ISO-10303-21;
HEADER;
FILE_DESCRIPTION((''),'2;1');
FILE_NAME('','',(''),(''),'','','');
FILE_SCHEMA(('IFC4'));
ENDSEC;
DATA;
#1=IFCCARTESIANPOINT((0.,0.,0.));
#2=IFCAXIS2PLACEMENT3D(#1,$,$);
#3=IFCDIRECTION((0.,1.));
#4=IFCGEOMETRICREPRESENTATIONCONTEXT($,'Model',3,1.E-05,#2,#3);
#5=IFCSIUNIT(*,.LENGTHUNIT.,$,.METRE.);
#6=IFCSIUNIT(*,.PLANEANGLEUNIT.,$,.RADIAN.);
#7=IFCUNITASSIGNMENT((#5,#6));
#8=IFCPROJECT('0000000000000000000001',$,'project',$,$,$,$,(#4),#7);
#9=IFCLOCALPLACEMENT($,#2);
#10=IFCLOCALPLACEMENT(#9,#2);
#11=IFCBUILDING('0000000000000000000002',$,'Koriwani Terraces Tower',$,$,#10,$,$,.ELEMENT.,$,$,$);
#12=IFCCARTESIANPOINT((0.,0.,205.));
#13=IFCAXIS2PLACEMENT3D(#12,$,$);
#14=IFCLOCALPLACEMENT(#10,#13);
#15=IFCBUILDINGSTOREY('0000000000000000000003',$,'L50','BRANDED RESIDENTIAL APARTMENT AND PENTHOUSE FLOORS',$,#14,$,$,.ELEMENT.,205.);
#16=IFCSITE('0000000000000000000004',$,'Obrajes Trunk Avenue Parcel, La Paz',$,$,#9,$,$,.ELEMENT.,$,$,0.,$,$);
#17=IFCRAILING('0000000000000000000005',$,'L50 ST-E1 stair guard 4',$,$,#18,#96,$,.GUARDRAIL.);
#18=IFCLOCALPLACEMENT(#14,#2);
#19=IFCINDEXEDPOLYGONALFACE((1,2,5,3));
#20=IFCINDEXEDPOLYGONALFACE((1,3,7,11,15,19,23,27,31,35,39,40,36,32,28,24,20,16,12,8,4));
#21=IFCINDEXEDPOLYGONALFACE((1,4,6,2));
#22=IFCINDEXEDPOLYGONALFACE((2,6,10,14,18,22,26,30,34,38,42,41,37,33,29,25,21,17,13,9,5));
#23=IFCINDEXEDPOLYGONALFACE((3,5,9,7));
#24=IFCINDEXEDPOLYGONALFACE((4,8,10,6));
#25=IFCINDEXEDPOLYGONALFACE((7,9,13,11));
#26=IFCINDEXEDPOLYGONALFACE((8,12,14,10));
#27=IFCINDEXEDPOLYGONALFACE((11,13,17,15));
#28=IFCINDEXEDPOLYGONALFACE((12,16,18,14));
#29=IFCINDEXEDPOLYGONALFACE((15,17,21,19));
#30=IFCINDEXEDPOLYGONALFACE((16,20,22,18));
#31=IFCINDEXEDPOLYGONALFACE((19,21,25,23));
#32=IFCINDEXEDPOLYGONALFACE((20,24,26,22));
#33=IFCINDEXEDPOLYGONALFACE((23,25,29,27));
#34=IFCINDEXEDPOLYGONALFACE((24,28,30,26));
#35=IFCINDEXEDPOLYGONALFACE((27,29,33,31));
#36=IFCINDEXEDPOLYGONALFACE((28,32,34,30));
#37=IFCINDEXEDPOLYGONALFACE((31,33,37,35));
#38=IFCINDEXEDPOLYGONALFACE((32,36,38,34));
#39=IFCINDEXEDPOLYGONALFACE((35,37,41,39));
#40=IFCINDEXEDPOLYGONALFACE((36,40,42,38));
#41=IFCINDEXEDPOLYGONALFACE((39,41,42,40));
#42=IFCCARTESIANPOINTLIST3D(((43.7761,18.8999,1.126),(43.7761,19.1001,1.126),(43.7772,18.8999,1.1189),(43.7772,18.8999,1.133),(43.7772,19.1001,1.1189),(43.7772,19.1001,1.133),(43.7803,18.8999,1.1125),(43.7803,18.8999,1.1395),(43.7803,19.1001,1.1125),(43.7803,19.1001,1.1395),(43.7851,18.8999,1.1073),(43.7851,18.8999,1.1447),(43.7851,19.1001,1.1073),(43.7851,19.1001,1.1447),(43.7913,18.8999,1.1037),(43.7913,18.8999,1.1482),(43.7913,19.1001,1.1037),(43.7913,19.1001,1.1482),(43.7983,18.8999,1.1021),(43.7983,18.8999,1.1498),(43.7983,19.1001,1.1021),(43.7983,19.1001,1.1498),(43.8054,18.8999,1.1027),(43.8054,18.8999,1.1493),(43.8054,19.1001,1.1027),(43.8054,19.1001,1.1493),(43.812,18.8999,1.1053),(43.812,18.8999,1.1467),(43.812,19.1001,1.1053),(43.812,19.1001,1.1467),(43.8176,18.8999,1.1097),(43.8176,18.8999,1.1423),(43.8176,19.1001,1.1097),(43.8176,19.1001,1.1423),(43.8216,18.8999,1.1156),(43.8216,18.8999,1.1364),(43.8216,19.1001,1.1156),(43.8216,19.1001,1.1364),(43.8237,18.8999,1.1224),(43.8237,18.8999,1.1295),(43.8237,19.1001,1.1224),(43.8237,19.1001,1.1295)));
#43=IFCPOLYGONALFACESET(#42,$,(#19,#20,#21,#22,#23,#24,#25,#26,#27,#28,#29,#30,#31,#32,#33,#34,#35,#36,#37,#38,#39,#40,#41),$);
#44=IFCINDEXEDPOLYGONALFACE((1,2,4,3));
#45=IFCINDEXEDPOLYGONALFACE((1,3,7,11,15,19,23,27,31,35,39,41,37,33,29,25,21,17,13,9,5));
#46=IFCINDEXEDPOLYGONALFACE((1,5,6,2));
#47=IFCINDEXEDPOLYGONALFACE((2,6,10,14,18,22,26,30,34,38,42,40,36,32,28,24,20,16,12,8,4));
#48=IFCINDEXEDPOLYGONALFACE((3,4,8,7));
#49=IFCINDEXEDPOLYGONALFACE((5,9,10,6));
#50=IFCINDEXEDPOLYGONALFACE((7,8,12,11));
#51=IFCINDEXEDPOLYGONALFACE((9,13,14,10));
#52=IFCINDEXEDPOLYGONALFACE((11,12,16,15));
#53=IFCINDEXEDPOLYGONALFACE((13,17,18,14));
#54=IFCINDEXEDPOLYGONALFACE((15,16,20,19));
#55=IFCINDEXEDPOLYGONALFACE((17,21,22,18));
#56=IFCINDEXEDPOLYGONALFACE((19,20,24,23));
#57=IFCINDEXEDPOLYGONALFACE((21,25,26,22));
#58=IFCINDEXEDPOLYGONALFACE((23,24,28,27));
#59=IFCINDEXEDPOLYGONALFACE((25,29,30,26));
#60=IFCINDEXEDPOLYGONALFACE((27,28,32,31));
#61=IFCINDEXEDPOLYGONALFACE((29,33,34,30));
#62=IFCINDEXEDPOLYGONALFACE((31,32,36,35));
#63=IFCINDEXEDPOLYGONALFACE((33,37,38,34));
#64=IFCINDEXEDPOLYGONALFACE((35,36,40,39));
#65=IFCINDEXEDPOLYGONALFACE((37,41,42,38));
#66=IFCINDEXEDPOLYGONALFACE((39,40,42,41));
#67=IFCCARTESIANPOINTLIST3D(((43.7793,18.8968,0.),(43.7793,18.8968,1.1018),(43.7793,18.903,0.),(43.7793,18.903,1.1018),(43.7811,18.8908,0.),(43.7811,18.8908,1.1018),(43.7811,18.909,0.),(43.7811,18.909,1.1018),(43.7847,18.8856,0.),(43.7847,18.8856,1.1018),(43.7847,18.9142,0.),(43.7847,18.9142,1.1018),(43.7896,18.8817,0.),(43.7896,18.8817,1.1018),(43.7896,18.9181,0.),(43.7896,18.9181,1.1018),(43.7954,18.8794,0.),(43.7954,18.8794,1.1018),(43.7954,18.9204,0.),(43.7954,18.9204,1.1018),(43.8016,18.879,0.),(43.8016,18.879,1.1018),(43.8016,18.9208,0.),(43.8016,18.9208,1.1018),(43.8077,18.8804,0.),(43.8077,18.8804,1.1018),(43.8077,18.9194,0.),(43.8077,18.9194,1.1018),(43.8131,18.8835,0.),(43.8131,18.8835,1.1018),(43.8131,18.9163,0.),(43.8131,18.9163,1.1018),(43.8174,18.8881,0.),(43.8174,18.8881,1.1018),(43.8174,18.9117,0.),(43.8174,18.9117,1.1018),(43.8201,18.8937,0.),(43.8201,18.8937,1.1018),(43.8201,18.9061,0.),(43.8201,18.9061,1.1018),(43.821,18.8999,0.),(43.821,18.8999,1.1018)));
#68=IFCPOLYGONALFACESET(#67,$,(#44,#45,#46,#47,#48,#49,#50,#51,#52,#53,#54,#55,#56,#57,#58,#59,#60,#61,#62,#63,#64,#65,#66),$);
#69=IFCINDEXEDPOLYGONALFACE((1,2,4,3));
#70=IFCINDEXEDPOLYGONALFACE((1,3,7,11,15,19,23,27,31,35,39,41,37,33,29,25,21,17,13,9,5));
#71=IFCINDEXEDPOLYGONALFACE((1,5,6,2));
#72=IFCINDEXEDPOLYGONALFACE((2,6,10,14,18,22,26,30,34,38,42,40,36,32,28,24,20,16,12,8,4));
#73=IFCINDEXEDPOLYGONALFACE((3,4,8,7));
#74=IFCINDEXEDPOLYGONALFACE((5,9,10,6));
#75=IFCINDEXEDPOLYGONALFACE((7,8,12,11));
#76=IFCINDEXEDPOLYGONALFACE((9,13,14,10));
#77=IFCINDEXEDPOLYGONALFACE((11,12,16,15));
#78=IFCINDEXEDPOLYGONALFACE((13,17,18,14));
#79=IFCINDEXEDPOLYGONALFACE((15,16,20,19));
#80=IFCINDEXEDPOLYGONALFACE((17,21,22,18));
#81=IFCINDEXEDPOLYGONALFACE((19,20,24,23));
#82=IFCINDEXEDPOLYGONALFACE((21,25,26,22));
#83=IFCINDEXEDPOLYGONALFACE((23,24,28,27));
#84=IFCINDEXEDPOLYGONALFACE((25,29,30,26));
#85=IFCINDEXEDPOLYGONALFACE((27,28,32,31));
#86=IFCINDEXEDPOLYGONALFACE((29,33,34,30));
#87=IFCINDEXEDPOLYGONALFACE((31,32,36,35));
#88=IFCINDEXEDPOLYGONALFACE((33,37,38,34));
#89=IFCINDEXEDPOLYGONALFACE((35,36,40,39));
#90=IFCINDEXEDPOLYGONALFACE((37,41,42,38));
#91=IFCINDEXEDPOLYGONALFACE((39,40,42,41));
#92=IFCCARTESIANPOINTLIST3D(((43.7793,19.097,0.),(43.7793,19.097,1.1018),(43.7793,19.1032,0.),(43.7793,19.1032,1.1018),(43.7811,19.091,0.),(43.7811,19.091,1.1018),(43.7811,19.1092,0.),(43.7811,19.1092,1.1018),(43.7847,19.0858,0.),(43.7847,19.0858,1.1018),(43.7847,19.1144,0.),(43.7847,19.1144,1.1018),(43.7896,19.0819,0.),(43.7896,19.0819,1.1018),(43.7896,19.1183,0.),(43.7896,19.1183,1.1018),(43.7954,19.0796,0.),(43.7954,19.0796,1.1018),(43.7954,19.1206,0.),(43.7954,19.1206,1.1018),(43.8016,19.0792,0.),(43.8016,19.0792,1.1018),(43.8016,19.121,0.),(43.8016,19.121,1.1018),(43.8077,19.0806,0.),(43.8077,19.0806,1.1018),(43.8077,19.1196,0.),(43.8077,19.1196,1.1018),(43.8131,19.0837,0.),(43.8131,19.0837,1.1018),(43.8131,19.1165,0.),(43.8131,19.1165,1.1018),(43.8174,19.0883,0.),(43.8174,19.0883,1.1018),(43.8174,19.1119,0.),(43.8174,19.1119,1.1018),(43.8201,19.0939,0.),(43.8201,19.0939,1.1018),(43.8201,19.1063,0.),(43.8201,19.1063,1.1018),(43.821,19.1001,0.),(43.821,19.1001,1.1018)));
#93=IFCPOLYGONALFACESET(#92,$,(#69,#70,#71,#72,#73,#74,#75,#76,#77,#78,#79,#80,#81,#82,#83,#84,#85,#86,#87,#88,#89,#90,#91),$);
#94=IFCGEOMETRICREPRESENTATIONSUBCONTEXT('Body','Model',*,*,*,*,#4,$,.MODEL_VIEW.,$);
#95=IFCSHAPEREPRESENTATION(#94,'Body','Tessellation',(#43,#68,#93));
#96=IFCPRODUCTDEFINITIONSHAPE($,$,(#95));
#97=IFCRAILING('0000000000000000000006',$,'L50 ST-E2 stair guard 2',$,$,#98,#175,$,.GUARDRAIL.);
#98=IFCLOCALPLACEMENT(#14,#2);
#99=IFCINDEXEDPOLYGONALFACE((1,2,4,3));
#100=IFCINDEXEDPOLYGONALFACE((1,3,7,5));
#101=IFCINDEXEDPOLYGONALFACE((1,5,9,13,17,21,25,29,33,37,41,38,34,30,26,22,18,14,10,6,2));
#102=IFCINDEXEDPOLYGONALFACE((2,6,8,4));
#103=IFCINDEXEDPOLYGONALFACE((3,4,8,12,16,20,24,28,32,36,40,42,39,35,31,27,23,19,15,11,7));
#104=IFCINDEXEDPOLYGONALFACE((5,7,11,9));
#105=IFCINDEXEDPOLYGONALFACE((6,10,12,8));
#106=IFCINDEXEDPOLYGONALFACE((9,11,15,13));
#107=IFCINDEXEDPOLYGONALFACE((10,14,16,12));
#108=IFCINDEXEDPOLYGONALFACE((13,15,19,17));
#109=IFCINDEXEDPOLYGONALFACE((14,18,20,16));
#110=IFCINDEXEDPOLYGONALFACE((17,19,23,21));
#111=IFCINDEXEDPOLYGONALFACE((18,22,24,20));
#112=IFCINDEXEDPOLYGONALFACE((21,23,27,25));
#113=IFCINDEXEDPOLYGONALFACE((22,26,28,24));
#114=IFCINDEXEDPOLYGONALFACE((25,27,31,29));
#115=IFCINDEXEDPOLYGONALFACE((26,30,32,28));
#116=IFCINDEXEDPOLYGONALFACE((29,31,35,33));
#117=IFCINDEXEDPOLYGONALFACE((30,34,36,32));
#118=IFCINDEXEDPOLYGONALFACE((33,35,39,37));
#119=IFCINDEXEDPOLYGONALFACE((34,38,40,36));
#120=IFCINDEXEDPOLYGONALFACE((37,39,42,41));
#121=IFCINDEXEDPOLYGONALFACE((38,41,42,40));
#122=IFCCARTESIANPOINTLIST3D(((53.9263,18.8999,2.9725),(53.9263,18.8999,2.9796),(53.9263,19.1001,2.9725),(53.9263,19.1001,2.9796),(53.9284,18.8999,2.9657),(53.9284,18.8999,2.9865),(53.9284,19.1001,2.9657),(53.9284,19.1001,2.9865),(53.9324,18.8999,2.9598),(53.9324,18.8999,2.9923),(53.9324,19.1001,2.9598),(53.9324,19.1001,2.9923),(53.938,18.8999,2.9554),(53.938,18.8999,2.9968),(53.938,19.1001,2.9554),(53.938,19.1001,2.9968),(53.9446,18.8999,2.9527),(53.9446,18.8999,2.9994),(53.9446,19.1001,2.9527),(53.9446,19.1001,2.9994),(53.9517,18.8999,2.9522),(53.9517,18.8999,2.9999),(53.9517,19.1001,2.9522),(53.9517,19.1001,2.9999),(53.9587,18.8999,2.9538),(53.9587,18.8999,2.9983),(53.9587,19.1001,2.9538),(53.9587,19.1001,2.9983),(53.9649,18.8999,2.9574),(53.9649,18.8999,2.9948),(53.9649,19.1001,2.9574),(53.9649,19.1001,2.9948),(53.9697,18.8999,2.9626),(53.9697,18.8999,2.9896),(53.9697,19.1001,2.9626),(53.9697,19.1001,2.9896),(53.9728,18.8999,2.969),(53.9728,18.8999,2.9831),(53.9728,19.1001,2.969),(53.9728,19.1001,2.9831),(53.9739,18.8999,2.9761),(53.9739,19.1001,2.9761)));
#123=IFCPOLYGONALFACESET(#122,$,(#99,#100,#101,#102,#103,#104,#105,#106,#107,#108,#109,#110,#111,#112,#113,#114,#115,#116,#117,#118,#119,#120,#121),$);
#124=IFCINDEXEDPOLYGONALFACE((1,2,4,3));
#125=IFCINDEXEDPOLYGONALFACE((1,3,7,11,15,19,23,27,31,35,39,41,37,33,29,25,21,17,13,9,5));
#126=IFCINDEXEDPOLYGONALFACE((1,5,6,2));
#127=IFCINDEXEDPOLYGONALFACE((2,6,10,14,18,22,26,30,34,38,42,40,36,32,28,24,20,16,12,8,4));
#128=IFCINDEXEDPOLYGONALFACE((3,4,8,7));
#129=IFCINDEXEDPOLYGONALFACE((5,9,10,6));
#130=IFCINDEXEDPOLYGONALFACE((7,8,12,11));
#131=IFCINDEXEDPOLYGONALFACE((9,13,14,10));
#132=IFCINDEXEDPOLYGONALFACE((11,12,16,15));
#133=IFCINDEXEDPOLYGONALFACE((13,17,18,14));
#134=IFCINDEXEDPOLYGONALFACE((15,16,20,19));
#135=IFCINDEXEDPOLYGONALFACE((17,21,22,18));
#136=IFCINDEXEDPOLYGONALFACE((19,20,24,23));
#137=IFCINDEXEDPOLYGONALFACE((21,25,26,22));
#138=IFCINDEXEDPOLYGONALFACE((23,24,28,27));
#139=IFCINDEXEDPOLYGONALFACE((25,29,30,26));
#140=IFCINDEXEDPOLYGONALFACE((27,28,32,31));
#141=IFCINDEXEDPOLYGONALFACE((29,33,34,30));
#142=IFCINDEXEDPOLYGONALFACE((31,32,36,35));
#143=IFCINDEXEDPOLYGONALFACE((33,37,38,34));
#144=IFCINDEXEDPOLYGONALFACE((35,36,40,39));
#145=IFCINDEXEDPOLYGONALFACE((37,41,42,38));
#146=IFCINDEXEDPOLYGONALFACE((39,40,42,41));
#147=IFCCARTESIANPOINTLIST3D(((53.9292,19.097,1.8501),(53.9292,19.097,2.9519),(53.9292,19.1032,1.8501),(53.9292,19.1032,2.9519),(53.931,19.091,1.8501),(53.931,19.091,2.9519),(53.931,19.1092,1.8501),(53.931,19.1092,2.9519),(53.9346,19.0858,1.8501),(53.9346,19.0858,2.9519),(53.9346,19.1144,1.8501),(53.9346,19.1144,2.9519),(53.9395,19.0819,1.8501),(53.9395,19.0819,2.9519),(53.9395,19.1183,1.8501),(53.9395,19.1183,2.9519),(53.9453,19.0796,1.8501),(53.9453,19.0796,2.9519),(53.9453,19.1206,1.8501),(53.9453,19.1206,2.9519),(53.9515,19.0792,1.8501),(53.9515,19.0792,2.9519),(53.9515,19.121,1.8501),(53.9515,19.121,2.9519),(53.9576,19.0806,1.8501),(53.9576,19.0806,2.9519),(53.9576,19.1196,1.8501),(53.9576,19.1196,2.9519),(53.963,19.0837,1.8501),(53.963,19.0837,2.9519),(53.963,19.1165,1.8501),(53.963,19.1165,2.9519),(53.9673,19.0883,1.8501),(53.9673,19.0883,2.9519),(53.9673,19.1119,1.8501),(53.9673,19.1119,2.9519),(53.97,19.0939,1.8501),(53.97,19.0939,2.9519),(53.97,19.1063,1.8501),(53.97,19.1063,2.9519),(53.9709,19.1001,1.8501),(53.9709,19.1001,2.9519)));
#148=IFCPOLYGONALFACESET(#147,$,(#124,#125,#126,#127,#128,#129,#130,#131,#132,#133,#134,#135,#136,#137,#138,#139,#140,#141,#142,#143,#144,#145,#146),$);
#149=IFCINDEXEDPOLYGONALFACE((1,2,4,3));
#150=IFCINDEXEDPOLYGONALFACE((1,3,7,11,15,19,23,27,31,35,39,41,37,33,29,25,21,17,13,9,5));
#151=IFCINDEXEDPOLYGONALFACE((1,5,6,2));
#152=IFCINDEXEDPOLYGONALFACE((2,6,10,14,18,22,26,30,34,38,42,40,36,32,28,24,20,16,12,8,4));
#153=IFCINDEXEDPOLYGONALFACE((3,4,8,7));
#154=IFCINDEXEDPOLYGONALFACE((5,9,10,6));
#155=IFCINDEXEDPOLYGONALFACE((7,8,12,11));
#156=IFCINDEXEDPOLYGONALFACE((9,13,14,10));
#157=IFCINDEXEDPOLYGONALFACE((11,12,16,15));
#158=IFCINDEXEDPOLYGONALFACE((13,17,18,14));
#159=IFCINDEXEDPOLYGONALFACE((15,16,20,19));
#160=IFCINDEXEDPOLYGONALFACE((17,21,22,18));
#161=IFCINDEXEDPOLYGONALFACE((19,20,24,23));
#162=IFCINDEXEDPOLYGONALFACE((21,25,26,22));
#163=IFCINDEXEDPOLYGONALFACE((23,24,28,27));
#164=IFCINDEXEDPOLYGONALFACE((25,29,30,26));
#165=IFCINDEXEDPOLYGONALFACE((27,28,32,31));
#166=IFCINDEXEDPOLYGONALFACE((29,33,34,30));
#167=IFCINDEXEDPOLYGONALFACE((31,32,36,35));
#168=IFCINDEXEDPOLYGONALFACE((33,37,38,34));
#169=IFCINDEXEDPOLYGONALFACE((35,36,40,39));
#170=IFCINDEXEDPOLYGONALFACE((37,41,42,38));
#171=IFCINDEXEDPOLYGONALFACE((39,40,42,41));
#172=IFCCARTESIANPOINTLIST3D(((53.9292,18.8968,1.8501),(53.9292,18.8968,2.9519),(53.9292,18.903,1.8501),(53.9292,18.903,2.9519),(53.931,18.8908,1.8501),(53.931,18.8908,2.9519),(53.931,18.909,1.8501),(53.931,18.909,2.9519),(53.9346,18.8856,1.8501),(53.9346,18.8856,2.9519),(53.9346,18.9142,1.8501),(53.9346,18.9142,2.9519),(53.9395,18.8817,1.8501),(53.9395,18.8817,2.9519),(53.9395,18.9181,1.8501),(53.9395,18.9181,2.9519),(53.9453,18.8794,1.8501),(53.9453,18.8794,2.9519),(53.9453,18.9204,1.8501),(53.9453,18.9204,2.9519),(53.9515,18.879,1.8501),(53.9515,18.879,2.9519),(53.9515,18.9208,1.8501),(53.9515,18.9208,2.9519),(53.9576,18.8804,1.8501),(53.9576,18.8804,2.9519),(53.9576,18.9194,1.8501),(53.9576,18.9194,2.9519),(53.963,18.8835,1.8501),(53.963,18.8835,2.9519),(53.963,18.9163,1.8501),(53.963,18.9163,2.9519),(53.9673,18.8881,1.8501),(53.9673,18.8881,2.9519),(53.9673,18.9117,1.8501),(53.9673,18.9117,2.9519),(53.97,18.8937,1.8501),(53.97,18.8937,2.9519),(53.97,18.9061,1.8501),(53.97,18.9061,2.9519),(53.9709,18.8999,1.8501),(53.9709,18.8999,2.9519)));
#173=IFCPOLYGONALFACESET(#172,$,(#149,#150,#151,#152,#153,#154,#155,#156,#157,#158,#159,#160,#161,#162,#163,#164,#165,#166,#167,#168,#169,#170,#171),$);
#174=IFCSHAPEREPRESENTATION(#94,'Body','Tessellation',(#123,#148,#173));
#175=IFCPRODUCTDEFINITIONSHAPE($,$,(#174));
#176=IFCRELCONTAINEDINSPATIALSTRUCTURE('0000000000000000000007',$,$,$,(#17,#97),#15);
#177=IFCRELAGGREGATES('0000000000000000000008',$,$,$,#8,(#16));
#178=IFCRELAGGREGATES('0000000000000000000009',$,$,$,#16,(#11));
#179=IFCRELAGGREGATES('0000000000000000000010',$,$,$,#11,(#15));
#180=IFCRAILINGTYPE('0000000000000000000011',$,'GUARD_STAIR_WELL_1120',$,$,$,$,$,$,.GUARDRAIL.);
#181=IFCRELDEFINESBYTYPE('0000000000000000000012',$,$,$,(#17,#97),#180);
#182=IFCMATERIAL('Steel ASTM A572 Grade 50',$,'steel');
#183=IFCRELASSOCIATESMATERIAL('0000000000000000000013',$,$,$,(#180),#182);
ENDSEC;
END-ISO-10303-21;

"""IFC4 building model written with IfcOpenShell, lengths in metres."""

from ifc_helpers import new_model, si_unit, direction, frame, origin, origin_2d, place, context, subcontext, project, spatial, circle, extrude, material, type_object, element, save


model = new_model("IFC4")

# Units and contexts
model_context = context("Model", 3, precision=1e-05, world=origin(), true_north=direction((0.0, 1.0)))
body_context = subcontext(model_context, "Body", "Model", "MODEL_VIEW")
ifc_project = project(units=[si_unit("LENGTHUNIT", "METRE"), si_unit("PLANEANGLEUNIT", "RADIAN")], contexts=[model_context])

# Site, building, storey
site_placement = place(None, origin())
site = spatial("IfcSite", under=ifc_project, at=site_placement, Name="Obrajes Trunk Avenue Parcel, La Paz", CompositionType="ELEMENT", RefElevation=0.0)
building_placement = place(site_placement, origin())
building = spatial("IfcBuilding", under=site, at=building_placement, Name="Koriwani Terraces Tower", CompositionType="ELEMENT")
storey_placement = place(building_placement, frame((0.0, 0.0, 205.0)))
storey = spatial("IfcBuildingStorey", under=building, at=storey_placement, Name="L50", Description="BRANDED RESIDENTIAL APARTMENT AND PENTHOUSE FLOORS", CompositionType="ELEMENT", Elevation=205.0)

# Shared definitions
ifc_material_1 = material(Name="Steel ASTM A572 Grade 50", Category="steel")

# Railings
railing_type_1 = type_object("IfcRailingType", Name="GUARD_STAIR_WELL_1120", PredefinedType="GUARDRAIL", material=ifc_material_1)
railing_1_placement = place(storey_placement, frame((43.8, 18.8999, 0.0)))
element("IfcRailing", 1, at=railing_1_placement, inside=storey, type_object=railing_type_1, Name="L50 ST-E1 stair guard 4", PredefinedType="GUARDRAIL", context=body_context, shape_type="SweptSolid", body=[
    extrude(circle(Radius=0.0239, at=origin_2d()), frame((0.0, 0.0, 1.126), z_axis=(0.0, 1.0, 0.0), x_axis=(-1.0, 0.0, 0.0)), (0.0, 0.0, 1.0), 0.2002),
    extrude(circle(Radius=0.021, at=origin_2d()), origin(), (0.0, 0.0, 1.0), 1.1018),
    extrude(circle(Radius=0.021, at=origin_2d()), frame((0.0, 0.2002, 0.0)), (0.0, 0.0, 1.0), 1.1018),
])
railing_2_placement = place(storey_placement, frame((53.95, 19.1001, 1.8501)))
element("IfcRailing", 2, at=railing_2_placement, inside=storey, type_object=railing_type_1, Name="L50 ST-E2 stair guard 2", PredefinedType="GUARDRAIL", context=body_context, shape_type="SweptSolid", body=[
    extrude(circle(Radius=0.0239, at=origin_2d()), frame((0.0, 0.0, 1.126), z_axis=(0.0, -1.0, 0.0), x_axis=(1.0, 0.0, 0.0)), (0.0, 0.0, 1.0), 0.2002),
    extrude(circle(Radius=0.021, at=origin_2d()), origin(), (0.0, 0.0, 1.0), 1.1018),
    extrude(circle(Radius=0.021, at=origin_2d()), frame((0.0, -0.2002, 0.0)), (0.0, 0.0, 1.0), 1.1018),
])

save(model, "model.ifc")
